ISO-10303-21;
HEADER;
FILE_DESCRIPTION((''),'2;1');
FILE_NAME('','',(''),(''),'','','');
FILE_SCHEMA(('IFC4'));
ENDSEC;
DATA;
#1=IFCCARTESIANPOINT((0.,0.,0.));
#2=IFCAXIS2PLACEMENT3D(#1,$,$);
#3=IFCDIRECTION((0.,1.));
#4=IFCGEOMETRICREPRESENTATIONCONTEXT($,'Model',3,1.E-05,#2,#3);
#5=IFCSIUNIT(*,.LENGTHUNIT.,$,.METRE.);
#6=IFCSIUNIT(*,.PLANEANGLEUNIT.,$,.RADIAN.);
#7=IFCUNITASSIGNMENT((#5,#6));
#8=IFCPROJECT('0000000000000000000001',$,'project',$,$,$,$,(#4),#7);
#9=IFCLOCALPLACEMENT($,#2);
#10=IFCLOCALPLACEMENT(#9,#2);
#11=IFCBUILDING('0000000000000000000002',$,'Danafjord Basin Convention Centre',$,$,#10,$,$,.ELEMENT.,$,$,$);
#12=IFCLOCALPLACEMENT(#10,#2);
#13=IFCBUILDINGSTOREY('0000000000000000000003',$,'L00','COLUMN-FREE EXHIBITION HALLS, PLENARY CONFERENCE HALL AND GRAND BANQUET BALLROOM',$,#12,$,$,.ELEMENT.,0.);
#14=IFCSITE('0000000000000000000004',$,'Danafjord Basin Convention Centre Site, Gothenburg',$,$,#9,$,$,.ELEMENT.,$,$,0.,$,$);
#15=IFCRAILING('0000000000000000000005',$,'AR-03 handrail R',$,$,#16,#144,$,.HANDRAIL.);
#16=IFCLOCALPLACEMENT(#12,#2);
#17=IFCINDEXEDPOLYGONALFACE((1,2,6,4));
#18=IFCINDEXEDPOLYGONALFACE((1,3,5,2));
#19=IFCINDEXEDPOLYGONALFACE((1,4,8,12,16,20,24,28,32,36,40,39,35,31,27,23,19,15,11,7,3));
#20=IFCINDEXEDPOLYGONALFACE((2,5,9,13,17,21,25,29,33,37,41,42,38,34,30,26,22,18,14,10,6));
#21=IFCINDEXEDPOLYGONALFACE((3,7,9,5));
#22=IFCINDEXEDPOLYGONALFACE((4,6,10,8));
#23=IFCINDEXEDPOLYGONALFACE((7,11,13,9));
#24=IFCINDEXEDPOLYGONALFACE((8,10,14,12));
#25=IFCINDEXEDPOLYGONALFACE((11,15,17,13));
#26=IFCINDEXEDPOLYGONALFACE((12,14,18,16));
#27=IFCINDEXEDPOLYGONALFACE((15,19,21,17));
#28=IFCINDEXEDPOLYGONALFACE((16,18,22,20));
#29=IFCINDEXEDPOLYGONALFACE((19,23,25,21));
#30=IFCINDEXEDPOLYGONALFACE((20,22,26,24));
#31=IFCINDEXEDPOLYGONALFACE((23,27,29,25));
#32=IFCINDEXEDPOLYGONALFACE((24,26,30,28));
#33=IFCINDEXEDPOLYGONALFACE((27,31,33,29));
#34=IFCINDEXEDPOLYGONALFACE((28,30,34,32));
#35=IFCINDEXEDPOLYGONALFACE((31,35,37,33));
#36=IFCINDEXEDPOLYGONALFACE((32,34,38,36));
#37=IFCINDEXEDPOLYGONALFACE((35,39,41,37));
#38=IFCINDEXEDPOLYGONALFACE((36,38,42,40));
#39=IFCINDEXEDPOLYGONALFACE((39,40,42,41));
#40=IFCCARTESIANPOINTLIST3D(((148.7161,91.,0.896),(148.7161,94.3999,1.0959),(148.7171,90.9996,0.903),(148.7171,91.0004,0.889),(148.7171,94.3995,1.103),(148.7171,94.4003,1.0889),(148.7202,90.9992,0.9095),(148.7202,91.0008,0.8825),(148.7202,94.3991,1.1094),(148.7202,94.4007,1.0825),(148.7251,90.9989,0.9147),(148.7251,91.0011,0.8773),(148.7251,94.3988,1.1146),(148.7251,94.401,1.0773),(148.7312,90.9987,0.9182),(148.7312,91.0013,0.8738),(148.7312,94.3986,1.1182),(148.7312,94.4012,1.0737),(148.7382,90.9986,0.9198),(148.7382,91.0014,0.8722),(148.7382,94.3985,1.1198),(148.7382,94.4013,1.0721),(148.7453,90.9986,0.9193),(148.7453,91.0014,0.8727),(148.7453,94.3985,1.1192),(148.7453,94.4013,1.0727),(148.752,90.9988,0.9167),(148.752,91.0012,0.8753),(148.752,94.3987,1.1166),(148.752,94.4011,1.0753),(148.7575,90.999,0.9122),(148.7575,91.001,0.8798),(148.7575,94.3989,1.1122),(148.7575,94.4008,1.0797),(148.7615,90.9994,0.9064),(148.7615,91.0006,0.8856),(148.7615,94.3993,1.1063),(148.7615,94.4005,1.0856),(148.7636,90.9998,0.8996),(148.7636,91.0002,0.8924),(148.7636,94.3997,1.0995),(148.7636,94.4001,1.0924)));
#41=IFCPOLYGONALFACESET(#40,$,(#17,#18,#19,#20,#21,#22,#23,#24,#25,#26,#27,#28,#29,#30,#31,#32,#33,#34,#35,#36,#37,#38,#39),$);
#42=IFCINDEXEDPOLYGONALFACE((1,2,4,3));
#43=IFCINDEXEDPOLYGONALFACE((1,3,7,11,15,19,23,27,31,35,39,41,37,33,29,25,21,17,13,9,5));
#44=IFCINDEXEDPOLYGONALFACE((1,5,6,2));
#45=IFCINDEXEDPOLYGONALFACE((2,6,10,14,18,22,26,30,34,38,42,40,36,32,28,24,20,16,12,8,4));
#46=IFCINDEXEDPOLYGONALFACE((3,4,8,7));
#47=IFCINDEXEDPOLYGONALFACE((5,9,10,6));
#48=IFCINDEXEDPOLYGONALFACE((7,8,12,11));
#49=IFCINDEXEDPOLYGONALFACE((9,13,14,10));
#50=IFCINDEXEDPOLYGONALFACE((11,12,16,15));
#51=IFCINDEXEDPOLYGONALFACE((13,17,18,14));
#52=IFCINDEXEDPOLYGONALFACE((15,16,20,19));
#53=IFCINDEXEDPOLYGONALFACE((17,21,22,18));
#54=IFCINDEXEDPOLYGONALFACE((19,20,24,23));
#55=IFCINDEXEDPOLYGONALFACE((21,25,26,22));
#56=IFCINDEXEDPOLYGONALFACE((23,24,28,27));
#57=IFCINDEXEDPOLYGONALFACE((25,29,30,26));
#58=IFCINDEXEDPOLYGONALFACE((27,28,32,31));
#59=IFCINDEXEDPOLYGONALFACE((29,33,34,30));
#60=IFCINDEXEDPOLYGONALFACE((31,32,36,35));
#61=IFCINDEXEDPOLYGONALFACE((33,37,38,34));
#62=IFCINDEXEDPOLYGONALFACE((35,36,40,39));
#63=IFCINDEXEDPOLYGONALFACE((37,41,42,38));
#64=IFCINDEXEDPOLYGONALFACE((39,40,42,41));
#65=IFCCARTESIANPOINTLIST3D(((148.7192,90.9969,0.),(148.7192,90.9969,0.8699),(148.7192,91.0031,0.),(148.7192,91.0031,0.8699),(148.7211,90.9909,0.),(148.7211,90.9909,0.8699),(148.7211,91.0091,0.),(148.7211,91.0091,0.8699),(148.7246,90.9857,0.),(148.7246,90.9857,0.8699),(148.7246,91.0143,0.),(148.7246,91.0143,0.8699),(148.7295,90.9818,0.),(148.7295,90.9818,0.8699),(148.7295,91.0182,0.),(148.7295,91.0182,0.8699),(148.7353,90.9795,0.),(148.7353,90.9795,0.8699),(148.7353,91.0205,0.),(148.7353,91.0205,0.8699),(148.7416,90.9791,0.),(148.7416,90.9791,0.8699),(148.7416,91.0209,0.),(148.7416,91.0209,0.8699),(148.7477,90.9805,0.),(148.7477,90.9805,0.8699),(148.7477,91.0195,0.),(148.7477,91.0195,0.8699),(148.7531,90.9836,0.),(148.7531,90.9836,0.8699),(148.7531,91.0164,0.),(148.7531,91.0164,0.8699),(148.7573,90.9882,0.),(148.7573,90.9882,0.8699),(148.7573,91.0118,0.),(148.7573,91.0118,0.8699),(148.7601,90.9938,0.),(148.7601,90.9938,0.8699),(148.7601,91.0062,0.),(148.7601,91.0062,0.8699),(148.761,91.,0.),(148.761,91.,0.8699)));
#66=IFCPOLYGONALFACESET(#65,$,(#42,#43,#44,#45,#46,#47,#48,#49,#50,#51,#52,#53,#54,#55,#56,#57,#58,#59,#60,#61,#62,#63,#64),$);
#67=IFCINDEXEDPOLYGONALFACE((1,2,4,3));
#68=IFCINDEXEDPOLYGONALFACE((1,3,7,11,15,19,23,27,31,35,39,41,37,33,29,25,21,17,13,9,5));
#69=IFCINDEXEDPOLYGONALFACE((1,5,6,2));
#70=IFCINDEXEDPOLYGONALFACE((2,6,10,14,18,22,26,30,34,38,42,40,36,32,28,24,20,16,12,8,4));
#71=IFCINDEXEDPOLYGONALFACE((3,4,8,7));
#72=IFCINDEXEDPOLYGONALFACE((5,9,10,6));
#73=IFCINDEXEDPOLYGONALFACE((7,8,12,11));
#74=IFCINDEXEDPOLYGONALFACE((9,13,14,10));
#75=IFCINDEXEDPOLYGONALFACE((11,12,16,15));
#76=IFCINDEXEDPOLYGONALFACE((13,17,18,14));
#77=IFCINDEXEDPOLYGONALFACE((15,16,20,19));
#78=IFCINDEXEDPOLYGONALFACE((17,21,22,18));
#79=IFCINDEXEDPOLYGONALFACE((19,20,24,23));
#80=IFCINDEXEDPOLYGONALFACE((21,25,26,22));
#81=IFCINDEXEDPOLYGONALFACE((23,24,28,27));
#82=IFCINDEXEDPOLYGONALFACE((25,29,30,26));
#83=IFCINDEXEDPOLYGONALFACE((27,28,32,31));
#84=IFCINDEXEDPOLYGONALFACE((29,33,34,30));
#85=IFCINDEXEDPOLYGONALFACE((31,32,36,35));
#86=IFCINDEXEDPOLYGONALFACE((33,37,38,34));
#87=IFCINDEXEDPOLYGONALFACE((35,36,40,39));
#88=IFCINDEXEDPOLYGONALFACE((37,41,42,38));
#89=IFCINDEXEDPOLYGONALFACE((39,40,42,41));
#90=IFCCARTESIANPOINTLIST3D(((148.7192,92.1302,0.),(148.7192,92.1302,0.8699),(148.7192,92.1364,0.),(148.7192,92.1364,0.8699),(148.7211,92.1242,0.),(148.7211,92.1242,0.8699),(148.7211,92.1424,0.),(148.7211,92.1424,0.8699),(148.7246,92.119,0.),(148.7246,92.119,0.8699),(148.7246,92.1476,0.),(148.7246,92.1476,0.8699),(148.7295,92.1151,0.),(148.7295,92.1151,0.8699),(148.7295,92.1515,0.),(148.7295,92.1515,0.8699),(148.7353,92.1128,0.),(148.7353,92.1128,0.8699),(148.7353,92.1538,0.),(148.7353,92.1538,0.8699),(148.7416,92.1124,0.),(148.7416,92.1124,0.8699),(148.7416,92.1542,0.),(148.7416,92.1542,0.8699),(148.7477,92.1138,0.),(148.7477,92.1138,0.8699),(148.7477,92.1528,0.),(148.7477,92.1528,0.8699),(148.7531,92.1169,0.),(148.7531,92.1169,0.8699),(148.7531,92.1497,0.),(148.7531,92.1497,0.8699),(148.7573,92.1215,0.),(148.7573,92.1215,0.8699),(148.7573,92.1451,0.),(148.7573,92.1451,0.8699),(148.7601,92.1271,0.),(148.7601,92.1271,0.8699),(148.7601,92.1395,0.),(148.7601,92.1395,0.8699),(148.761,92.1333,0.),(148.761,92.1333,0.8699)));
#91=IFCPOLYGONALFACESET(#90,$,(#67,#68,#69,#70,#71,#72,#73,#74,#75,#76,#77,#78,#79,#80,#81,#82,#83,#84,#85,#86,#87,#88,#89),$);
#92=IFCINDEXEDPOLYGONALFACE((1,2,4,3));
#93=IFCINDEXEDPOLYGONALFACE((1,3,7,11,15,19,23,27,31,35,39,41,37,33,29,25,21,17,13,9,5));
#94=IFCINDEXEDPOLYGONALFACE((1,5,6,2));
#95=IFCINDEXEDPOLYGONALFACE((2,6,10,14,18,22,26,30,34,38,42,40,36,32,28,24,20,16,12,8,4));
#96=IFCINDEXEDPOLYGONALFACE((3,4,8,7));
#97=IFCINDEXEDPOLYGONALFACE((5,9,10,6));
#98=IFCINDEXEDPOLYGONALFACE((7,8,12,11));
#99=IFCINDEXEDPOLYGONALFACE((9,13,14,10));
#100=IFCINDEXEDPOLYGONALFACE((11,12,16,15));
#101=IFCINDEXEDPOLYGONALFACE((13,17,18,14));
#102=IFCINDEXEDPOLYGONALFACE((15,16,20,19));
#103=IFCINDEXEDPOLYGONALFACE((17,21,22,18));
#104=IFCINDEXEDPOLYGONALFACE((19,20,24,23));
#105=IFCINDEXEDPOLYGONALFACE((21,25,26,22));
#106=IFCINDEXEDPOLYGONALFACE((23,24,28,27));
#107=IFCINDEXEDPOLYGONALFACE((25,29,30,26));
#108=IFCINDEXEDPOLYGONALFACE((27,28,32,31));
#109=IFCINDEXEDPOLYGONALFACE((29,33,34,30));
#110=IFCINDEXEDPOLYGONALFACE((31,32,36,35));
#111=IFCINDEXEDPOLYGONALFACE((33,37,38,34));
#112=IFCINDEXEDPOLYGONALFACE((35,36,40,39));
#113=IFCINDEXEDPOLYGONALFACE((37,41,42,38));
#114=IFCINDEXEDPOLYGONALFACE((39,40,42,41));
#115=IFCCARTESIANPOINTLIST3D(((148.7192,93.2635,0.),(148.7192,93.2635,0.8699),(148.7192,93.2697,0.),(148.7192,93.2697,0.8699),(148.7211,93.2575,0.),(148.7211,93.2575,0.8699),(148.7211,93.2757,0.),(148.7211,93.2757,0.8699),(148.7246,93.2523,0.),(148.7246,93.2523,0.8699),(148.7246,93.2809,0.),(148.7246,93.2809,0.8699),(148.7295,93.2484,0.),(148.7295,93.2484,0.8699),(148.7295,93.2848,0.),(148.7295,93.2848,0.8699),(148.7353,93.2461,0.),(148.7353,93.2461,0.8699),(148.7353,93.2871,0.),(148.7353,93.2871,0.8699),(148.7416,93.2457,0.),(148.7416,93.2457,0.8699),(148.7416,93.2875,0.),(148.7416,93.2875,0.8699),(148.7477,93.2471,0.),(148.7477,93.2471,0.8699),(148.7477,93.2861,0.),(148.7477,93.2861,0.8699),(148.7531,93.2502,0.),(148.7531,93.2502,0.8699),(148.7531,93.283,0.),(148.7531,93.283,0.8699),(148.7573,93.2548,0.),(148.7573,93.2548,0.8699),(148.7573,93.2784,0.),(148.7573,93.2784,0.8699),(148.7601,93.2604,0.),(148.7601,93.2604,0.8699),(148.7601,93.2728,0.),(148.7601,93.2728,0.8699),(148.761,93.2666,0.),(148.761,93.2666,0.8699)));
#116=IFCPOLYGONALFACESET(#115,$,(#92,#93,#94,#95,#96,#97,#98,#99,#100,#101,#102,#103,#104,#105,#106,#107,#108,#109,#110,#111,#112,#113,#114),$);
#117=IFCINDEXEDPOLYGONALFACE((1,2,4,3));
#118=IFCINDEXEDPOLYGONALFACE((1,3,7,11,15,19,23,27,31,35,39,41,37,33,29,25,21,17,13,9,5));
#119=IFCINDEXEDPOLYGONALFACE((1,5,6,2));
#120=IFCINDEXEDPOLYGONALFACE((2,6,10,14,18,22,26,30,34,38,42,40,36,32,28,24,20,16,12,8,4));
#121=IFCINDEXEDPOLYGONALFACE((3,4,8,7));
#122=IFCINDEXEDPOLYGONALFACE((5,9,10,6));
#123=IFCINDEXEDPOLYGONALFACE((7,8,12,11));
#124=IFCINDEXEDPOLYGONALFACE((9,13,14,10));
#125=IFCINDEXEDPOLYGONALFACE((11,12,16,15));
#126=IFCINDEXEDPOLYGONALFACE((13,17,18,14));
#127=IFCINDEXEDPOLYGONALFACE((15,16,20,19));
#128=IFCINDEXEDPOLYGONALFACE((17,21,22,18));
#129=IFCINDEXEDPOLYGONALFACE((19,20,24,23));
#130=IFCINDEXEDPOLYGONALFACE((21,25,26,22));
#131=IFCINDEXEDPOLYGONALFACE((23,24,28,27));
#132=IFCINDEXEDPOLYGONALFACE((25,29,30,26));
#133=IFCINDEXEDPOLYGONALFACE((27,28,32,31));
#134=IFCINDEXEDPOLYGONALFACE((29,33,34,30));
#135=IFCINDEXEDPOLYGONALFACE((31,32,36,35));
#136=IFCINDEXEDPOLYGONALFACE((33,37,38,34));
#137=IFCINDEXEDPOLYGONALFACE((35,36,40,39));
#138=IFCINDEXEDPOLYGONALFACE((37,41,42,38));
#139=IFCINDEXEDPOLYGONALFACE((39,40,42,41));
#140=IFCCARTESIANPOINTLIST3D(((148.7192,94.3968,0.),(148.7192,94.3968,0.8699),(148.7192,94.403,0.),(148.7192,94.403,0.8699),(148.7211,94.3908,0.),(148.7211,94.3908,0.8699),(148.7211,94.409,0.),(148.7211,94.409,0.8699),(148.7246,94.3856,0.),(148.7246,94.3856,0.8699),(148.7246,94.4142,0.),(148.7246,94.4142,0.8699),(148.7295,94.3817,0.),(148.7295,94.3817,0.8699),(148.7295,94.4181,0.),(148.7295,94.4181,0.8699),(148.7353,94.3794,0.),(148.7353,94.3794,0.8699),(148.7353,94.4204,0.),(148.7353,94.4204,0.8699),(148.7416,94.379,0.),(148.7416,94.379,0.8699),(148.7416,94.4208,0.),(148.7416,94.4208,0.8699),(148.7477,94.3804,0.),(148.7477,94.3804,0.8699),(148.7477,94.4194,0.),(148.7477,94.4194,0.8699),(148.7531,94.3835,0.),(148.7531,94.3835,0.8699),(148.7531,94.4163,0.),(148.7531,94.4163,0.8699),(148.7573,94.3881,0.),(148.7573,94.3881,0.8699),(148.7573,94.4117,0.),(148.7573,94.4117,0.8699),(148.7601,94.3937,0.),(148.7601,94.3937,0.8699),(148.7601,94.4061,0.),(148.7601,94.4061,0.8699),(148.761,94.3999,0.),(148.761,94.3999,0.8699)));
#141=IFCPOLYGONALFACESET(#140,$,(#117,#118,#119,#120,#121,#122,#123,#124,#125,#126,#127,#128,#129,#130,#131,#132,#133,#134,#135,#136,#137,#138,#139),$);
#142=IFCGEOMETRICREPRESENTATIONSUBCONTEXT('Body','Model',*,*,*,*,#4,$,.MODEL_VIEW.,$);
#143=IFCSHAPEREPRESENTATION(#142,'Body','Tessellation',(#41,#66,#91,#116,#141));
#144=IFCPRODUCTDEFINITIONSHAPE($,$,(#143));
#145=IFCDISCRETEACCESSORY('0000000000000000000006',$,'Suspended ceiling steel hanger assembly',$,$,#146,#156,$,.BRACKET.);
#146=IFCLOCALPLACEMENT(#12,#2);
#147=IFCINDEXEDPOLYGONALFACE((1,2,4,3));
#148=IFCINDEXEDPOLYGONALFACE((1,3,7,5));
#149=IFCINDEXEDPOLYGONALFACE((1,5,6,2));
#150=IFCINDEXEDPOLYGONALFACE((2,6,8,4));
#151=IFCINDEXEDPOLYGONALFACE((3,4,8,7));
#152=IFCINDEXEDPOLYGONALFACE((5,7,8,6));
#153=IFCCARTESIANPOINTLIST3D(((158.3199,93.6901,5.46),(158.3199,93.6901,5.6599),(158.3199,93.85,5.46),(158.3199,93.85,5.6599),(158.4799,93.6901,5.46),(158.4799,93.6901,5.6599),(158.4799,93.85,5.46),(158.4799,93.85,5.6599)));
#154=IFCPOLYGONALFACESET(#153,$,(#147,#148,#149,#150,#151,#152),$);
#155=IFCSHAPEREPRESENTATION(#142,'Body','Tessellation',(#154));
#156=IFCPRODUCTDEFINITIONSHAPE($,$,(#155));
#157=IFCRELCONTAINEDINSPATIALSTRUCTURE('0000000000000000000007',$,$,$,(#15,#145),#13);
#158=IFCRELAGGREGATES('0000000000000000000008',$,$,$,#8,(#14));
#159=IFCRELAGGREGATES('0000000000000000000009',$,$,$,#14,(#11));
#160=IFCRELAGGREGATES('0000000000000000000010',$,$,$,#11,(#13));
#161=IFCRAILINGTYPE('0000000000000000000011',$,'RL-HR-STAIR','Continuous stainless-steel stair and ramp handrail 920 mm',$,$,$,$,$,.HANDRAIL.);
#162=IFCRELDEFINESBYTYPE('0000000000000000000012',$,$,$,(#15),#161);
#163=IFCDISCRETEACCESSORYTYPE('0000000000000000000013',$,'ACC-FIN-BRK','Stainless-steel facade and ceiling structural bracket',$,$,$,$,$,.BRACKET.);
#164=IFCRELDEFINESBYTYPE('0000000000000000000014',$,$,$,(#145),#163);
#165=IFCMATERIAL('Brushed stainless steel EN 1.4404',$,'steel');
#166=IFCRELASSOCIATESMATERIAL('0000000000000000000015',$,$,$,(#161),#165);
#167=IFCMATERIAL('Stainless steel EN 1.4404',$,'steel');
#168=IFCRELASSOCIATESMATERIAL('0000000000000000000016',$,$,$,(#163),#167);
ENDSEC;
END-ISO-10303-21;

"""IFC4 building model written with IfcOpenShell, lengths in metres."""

from ifc_helpers import new_model, si_unit, direction, frame, origin, origin_2d, place, context, subcontext, project, spatial, rectangle, circle, extrude, material, type_object, element, save


model = new_model("IFC4")

# Units and contexts
model_context = context("Model", 3, precision=1e-05, world=origin(), true_north=direction((0.0, 1.0)))
body_context = subcontext(model_context, "Body", "Model", "MODEL_VIEW")
ifc_project = project(units=[si_unit("LENGTHUNIT", "METRE"), si_unit("PLANEANGLEUNIT", "RADIAN")], contexts=[model_context])

# Site, building, storey
site_placement = place(None, origin())
site = spatial("IfcSite", under=ifc_project, at=site_placement, Name="Danafjord Basin Convention Centre Site, Gothenburg", CompositionType="ELEMENT", RefElevation=0.0)
building_placement = place(site_placement, origin())
building = spatial("IfcBuilding", under=site, at=building_placement, Name="Danafjord Basin Convention Centre", CompositionType="ELEMENT")
storey_placement = place(building_placement, origin())
storey = spatial("IfcBuildingStorey", under=building, at=storey_placement, Name="L00", Description="COLUMN-FREE EXHIBITION HALLS, PLENARY CONFERENCE HALL AND GRAND BANQUET BALLROOM", CompositionType="ELEMENT", Elevation=0.0)

# Railing
ifc_material_1 = material(Name="Brushed stainless steel EN 1.4404", Category="steel")
railing_type = type_object("IfcRailingType", Name="RL-HR-STAIR", Description="Continuous stainless-steel stair and ramp handrail 920 mm", PredefinedType="HANDRAIL", material=ifc_material_1)
for number, where, name in (
    (1, (148.74, 91.0, 0.0), "AR-03 handrail R"),
):
    element("IfcRailing", number, at=place(storey_placement, frame(where)), inside=storey, type_object=railing_type, Name=name, PredefinedType="HANDRAIL", context=body_context, shape_type="SweptSolid", body=[
        extrude(circle(Radius=0.0239, at=origin_2d()), frame((0.0, 0.0, 0.896), z_axis=(0.0, 0.998275, 0.058709), x_axis=(-1.0, 0.0, 0.0)), (0.0, 0.0, 1.0), 3.4058),
        extrude(circle(Radius=0.021, at=origin_2d()), origin(), (0.0, 0.0, 1.0), 0.8699),
        extrude(circle(Radius=0.021, at=origin_2d()), frame((0.0, 1.1333, 0.0)), (0.0, 0.0, 1.0), 0.8699),
        extrude(circle(Radius=0.021, at=origin_2d()), frame((0.0, 2.2666, 0.0)), (0.0, 0.0, 1.0), 0.8699),
        extrude(circle(Radius=0.021, at=origin_2d()), frame((0.0, 3.3999, 0.0)), (0.0, 0.0, 1.0), 0.8699),
    ])

# Discrete accessory
ifc_material_2 = material(Name="Stainless steel EN 1.4404", Category="steel")
discrete_accessory_type = type_object("IfcDiscreteAccessoryType", Name="ACC-FIN-BRK", Description="Stainless-steel facade and ceiling structural bracket", PredefinedType="BRACKET", material=ifc_material_2)
discrete_accessory_placement = place(storey_placement, frame((158.3999, 93.77, 5.46), z_axis=(0.0, 0.0, 1.0), x_axis=(1.0, 0.0, 0.0)))
element("IfcDiscreteAccessory", 2, at=discrete_accessory_placement, inside=storey, type_object=discrete_accessory_type, Name="Suspended ceiling steel hanger assembly", PredefinedType="BRACKET", context=body_context, shape_type="SweptSolid", body=[
    extrude(rectangle(XDim=0.1599, YDim=0.1599, at=origin_2d()), origin(), (0.0, 0.0, 1.0), 0.2),
])

save(model, "model.ifc")
